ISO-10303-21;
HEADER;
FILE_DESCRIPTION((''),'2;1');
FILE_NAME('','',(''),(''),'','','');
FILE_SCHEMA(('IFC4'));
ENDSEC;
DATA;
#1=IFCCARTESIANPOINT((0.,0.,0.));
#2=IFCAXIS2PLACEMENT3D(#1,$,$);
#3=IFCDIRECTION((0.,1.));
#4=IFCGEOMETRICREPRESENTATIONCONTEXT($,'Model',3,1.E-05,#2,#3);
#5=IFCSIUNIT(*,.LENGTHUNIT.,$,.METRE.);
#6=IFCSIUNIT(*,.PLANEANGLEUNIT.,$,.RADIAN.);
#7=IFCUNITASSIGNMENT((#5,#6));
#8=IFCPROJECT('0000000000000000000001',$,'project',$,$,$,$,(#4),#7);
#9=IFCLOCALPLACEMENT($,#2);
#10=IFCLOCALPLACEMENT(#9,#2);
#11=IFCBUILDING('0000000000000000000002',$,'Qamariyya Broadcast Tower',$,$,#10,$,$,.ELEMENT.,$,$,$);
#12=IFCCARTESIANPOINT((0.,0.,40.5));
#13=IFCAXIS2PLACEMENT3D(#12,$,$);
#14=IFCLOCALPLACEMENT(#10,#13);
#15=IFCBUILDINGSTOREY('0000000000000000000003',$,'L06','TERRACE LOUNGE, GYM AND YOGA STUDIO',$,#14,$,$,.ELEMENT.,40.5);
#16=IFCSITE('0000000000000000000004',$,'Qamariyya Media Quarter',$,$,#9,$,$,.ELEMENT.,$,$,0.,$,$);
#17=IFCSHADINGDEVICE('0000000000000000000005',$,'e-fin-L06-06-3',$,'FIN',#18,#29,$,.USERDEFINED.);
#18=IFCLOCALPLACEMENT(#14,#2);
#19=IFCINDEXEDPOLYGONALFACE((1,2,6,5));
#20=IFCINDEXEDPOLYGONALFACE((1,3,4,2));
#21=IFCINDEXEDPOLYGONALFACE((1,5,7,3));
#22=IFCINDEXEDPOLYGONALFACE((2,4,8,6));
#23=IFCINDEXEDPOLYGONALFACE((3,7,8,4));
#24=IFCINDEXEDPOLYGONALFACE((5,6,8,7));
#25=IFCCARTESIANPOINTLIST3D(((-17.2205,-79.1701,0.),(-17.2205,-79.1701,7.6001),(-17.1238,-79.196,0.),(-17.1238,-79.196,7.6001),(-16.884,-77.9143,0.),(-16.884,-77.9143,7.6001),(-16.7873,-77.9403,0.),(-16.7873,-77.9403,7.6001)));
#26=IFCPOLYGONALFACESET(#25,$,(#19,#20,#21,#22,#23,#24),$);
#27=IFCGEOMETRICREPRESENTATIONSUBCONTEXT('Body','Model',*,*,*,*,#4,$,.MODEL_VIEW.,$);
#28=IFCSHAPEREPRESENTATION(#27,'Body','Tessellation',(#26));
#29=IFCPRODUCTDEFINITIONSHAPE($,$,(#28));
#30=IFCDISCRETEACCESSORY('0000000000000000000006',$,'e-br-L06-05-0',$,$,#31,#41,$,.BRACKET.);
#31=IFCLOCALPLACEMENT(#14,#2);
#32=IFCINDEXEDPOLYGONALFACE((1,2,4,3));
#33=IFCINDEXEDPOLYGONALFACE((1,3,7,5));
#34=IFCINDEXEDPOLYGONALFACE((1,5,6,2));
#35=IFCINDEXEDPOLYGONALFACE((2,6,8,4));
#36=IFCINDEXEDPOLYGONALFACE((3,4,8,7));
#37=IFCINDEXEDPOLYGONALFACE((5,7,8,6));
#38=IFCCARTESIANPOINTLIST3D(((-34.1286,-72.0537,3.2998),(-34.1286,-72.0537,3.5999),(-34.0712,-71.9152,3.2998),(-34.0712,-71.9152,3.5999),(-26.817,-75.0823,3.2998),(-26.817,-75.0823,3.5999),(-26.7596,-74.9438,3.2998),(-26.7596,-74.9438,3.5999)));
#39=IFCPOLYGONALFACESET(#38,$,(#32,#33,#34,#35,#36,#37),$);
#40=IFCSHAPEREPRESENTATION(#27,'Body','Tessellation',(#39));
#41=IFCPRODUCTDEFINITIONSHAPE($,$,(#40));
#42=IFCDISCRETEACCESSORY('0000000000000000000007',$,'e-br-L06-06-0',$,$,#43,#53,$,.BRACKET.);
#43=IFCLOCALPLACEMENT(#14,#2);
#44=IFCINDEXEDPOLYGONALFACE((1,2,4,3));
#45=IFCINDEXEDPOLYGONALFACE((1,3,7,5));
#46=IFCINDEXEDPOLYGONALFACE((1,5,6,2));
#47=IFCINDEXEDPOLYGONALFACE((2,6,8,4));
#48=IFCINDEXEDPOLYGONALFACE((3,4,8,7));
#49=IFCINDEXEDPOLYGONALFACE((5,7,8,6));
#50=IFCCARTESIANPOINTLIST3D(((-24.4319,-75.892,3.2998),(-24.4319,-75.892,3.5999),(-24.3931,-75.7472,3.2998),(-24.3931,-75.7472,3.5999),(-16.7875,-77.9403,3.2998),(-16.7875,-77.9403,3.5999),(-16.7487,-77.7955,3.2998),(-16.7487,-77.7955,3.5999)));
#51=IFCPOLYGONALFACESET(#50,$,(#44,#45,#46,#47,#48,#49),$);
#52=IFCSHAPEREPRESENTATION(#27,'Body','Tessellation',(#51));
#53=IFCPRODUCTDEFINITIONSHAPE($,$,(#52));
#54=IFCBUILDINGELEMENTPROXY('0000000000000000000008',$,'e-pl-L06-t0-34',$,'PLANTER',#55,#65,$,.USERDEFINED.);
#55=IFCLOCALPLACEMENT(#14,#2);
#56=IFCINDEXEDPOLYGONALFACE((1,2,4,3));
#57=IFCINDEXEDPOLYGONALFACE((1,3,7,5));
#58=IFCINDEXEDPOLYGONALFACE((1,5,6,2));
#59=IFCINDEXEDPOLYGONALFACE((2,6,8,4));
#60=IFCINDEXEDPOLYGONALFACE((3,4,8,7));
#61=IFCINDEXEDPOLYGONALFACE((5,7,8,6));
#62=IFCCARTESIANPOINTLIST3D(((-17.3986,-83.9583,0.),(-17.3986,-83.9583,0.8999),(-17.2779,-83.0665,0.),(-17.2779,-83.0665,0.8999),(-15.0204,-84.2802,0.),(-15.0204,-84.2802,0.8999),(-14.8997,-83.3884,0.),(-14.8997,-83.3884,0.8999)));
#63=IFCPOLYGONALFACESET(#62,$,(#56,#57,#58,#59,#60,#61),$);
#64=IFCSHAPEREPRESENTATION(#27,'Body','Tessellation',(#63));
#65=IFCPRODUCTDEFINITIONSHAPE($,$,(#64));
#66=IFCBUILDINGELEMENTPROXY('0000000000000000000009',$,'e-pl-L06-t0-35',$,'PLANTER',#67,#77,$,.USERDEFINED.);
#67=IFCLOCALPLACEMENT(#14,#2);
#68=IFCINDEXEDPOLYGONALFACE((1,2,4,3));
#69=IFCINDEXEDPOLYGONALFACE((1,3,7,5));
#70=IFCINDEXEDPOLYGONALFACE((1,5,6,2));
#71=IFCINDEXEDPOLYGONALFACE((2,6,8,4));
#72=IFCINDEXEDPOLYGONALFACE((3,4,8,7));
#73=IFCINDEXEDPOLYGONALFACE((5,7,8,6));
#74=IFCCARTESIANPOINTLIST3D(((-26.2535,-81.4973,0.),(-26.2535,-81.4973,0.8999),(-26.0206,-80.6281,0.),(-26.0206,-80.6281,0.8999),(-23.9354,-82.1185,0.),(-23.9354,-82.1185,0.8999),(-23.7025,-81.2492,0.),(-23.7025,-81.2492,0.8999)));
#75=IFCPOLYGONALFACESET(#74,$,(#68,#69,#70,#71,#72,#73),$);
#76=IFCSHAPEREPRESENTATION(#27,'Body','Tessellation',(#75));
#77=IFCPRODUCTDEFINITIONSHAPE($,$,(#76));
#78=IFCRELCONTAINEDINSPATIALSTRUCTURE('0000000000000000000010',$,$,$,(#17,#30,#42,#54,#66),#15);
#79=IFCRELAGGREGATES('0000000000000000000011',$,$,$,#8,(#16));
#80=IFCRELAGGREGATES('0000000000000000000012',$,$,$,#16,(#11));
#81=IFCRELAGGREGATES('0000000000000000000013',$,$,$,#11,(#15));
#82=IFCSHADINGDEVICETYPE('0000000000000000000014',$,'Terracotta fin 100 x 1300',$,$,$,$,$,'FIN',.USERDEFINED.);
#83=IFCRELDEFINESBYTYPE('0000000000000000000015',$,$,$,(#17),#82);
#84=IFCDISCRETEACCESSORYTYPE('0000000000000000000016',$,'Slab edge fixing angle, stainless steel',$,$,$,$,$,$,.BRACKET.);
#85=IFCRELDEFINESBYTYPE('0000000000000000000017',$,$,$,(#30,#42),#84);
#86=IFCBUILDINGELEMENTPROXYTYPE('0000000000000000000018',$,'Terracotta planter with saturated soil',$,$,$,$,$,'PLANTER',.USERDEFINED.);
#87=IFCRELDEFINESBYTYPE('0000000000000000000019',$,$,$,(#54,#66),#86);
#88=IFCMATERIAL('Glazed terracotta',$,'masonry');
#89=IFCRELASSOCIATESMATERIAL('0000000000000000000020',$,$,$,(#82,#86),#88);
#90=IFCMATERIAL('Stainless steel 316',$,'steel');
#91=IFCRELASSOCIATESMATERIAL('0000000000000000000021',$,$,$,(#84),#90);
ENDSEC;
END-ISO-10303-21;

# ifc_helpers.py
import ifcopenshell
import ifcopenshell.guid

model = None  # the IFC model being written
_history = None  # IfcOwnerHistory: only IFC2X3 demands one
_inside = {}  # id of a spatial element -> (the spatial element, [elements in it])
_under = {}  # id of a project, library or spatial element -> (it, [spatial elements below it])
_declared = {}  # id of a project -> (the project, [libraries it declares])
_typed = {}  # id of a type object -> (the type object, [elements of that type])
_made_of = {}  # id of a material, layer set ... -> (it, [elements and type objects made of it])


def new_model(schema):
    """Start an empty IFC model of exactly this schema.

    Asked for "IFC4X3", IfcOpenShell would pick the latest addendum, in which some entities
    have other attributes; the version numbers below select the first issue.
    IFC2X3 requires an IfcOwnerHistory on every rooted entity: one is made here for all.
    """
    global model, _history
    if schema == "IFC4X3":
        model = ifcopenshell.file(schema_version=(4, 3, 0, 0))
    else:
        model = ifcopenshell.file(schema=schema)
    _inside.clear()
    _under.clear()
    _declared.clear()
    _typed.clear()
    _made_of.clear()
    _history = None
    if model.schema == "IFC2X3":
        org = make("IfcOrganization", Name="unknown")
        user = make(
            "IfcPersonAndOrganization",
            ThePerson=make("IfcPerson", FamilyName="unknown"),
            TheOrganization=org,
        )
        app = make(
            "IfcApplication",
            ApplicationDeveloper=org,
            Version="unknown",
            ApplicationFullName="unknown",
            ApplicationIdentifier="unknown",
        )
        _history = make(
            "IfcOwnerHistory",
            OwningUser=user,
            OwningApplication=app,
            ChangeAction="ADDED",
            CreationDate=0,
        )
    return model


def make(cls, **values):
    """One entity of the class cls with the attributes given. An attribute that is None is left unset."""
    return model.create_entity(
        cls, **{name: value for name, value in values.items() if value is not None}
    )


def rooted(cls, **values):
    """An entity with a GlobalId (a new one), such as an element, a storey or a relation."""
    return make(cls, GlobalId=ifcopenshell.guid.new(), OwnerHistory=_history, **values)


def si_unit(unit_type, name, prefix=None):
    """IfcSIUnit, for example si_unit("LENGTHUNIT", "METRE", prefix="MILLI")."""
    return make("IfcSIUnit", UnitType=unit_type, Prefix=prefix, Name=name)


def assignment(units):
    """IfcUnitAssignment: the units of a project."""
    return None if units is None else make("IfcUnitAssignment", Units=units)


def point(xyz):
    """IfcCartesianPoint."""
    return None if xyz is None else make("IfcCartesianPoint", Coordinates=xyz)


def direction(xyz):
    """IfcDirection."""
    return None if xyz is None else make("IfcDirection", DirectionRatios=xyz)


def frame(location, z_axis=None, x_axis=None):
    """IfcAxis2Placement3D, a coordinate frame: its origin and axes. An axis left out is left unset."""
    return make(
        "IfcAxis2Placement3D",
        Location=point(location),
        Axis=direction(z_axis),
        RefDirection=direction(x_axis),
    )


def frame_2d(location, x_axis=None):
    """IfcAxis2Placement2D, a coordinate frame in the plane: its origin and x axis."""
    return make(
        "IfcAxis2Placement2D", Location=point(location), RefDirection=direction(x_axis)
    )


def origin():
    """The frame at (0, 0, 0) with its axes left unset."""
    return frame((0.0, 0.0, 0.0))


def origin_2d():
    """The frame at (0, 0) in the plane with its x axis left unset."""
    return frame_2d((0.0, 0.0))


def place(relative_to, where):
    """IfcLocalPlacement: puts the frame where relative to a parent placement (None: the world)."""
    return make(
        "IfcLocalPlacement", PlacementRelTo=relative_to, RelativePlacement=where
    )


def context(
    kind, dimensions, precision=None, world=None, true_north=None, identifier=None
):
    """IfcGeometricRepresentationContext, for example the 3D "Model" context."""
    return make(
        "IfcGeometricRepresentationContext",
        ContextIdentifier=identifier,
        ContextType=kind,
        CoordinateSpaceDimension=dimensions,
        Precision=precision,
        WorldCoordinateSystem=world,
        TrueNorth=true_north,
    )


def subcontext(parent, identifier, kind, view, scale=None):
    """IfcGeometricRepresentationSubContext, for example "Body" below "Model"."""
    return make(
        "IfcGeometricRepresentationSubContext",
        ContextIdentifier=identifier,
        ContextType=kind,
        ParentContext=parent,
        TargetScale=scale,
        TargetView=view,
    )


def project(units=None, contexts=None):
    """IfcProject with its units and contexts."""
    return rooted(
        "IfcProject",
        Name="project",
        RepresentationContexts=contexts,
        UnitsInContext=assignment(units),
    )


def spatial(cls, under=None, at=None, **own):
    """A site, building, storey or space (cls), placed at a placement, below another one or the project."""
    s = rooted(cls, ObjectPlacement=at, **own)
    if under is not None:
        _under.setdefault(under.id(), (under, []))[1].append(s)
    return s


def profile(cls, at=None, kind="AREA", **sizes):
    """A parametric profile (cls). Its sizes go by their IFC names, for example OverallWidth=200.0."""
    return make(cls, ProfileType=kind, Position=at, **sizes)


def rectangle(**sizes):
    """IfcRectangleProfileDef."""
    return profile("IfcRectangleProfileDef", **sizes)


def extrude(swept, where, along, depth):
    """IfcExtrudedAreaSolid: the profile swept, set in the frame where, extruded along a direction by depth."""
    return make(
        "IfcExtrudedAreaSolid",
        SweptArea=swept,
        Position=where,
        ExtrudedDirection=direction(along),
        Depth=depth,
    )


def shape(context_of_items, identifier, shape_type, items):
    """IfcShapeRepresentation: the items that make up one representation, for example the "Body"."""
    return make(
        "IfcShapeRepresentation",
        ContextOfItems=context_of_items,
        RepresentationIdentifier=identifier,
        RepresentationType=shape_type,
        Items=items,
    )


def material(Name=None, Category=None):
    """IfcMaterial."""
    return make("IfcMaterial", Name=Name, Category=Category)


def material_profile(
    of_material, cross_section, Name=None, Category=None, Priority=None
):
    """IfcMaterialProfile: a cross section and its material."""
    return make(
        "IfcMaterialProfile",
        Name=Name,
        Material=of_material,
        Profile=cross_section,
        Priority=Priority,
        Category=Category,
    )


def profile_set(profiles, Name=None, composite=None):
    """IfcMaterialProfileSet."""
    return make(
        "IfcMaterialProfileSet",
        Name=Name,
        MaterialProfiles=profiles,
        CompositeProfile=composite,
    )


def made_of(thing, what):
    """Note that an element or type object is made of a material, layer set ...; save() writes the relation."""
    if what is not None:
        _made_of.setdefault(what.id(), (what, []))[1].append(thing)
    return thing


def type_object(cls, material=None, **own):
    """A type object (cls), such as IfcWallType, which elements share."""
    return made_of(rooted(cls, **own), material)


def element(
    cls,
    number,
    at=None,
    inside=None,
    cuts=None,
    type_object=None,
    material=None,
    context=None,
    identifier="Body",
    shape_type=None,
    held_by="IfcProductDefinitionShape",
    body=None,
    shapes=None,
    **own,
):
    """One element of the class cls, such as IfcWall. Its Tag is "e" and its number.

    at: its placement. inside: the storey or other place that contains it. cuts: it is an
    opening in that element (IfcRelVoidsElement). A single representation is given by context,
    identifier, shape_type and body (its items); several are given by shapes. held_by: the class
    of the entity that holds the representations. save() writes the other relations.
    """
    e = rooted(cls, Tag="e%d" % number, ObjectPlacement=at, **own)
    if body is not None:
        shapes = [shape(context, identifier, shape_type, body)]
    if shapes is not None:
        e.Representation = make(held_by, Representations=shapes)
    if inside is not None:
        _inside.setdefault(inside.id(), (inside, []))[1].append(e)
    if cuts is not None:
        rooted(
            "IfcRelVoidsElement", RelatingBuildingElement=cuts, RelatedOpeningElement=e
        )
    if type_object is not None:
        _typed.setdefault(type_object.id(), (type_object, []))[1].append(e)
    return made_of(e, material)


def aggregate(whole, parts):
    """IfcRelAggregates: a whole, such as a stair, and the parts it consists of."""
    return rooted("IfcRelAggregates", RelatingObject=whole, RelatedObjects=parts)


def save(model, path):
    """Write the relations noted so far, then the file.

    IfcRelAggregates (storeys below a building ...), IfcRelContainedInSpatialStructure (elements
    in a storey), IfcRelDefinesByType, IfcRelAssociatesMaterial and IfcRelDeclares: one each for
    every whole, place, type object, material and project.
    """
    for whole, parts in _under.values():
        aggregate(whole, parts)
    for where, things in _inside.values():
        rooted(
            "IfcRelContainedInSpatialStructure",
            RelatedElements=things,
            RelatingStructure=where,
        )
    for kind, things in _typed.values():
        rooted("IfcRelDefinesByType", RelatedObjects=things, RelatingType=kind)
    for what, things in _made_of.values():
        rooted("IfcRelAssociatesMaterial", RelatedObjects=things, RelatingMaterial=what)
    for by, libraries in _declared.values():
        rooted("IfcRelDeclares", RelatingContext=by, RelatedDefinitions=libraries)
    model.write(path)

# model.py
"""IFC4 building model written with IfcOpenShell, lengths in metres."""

from ifc_helpers import new_model, si_unit, direction, frame, origin, origin_2d, place, context, subcontext, project, spatial, rectangle, extrude, material, material_profile, profile_set, type_object, element, save


model = new_model("IFC4")

# Units and contexts
model_context = context("Model", 3, precision=1e-05, world=origin(), true_north=direction((0.0, 1.0)))
body_context = subcontext(model_context, "Body", "Model", "MODEL_VIEW")
ifc_project = project(units=[si_unit("LENGTHUNIT", "METRE"), si_unit("PLANEANGLEUNIT", "RADIAN")], contexts=[model_context])

# Site, building, storey
site_placement = place(None, origin())
site = spatial("IfcSite", under=ifc_project, at=site_placement, Name="Qamariyya Media Quarter", CompositionType="ELEMENT", RefElevation=0.0)
building_placement = place(site_placement, origin())
building = spatial("IfcBuilding", under=site, at=building_placement, Name="Qamariyya Broadcast Tower", CompositionType="ELEMENT")
storey_placement = place(building_placement, frame((0.0, 0.0, 40.5)))
storey = spatial("IfcBuildingStorey", under=building, at=storey_placement, Name="L06", Description="TERRACE LOUNGE, GYM AND YOGA STUDIO", CompositionType="ELEMENT", Elevation=40.5)

# Shading device
ifc_material_1 = material(Name="Glazed terracotta", Category="masonry")
ifc_material_profile_1 = material_profile(ifc_material_1, rectangle(XDim=1.3, YDim=0.1001, at=origin_2d()))
ifc_profile_set_1 = profile_set([ifc_material_profile_1], Name="Glazed terracotta")
shading_device_type_1 = type_object("IfcShadingDeviceType", Name="Terracotta fin 100 x 1300", ElementType="FIN", PredefinedType="USERDEFINED", material=ifc_profile_set_1)
for number, where, z_axis, x_axis, name in (
    (1, (-17.0039, -78.5552, 0.0), (0.0, 0.0, 1.0), (-0.258819, -0.965926, 0.0), "e-fin-L06-06-3"),
):
    element("IfcShadingDevice", number, at=place(storey_placement, frame(where, z_axis=z_axis, x_axis=x_axis)), inside=storey, type_object=shading_device_type_1, Name=name, ObjectType="FIN", PredefinedType="USERDEFINED", context=body_context, shape_type="SweptSolid", body=[
        extrude(rectangle(XDim=1.3, YDim=0.1001, at=origin_2d()), origin(), (0.0, 0.0, 1.0), 7.6001),
    ])

# Discrete accessories
ifc_material_2 = material(Name="Stainless steel 316", Category="steel")
discrete_accessory_type = type_object("IfcDiscreteAccessoryType", Name="Slab edge fixing angle, stainless steel", PredefinedType="BRACKET", material=ifc_material_2)
for number, where, z_axis, x_axis, name in (
    (2, (-30.4441, -73.4988, 3.2998), (0.0, 0.0, 1.0), (0.92388, -0.382683, 0.0), "e-br-L06-05-0"),
    (3, (-20.5903, -76.8438, 3.2998), (0.0, 0.0, 1.0), (0.965926, -0.258819, 0.0), "e-br-L06-06-0"),
):
    element("IfcDiscreteAccessory", number, at=place(storey_placement, frame(where, z_axis=z_axis, x_axis=x_axis)), inside=storey, type_object=discrete_accessory_type, Name=name, PredefinedType="BRACKET", context=body_context, shape_type="SweptSolid", body=[
        extrude(rectangle(XDim=7.9141, YDim=0.1499, at=origin_2d()), origin(), (0.0, 0.0, 1.0), 0.3),
    ])

# Building element proxies
building_element_proxy_type = type_object("IfcBuildingElementProxyType", Name="Terracotta planter with saturated soil", ElementType="PLANTER", PredefinedType="USERDEFINED", material=ifc_material_1)
for number, where, z_axis, x_axis, name in (
    (4, (-16.1492, -83.6733, 0.0), (0.0, 0.0, 1.0), (-0.990963, 0.134134, 0.0), "e-pl-L06-t0-34"),
    (5, (-24.978, -81.3733, 0.0), (0.0, 0.0, 1.0), (-0.965926, 0.258819, 0.0), "e-pl-L06-t0-35"),
):
    element("IfcBuildingElementProxy", number, at=place(storey_placement, frame(where, z_axis=z_axis, x_axis=x_axis)), inside=storey, type_object=building_element_proxy_type, Name=name, ObjectType="PLANTER", PredefinedType="USERDEFINED", context=body_context, shape_type="SweptSolid", body=[
        extrude(rectangle(XDim=2.3999, YDim=0.8999, at=origin_2d()), origin(), (0.0, 0.0, 1.0), 0.8999),
    ])

save(model, "model.ifc")
